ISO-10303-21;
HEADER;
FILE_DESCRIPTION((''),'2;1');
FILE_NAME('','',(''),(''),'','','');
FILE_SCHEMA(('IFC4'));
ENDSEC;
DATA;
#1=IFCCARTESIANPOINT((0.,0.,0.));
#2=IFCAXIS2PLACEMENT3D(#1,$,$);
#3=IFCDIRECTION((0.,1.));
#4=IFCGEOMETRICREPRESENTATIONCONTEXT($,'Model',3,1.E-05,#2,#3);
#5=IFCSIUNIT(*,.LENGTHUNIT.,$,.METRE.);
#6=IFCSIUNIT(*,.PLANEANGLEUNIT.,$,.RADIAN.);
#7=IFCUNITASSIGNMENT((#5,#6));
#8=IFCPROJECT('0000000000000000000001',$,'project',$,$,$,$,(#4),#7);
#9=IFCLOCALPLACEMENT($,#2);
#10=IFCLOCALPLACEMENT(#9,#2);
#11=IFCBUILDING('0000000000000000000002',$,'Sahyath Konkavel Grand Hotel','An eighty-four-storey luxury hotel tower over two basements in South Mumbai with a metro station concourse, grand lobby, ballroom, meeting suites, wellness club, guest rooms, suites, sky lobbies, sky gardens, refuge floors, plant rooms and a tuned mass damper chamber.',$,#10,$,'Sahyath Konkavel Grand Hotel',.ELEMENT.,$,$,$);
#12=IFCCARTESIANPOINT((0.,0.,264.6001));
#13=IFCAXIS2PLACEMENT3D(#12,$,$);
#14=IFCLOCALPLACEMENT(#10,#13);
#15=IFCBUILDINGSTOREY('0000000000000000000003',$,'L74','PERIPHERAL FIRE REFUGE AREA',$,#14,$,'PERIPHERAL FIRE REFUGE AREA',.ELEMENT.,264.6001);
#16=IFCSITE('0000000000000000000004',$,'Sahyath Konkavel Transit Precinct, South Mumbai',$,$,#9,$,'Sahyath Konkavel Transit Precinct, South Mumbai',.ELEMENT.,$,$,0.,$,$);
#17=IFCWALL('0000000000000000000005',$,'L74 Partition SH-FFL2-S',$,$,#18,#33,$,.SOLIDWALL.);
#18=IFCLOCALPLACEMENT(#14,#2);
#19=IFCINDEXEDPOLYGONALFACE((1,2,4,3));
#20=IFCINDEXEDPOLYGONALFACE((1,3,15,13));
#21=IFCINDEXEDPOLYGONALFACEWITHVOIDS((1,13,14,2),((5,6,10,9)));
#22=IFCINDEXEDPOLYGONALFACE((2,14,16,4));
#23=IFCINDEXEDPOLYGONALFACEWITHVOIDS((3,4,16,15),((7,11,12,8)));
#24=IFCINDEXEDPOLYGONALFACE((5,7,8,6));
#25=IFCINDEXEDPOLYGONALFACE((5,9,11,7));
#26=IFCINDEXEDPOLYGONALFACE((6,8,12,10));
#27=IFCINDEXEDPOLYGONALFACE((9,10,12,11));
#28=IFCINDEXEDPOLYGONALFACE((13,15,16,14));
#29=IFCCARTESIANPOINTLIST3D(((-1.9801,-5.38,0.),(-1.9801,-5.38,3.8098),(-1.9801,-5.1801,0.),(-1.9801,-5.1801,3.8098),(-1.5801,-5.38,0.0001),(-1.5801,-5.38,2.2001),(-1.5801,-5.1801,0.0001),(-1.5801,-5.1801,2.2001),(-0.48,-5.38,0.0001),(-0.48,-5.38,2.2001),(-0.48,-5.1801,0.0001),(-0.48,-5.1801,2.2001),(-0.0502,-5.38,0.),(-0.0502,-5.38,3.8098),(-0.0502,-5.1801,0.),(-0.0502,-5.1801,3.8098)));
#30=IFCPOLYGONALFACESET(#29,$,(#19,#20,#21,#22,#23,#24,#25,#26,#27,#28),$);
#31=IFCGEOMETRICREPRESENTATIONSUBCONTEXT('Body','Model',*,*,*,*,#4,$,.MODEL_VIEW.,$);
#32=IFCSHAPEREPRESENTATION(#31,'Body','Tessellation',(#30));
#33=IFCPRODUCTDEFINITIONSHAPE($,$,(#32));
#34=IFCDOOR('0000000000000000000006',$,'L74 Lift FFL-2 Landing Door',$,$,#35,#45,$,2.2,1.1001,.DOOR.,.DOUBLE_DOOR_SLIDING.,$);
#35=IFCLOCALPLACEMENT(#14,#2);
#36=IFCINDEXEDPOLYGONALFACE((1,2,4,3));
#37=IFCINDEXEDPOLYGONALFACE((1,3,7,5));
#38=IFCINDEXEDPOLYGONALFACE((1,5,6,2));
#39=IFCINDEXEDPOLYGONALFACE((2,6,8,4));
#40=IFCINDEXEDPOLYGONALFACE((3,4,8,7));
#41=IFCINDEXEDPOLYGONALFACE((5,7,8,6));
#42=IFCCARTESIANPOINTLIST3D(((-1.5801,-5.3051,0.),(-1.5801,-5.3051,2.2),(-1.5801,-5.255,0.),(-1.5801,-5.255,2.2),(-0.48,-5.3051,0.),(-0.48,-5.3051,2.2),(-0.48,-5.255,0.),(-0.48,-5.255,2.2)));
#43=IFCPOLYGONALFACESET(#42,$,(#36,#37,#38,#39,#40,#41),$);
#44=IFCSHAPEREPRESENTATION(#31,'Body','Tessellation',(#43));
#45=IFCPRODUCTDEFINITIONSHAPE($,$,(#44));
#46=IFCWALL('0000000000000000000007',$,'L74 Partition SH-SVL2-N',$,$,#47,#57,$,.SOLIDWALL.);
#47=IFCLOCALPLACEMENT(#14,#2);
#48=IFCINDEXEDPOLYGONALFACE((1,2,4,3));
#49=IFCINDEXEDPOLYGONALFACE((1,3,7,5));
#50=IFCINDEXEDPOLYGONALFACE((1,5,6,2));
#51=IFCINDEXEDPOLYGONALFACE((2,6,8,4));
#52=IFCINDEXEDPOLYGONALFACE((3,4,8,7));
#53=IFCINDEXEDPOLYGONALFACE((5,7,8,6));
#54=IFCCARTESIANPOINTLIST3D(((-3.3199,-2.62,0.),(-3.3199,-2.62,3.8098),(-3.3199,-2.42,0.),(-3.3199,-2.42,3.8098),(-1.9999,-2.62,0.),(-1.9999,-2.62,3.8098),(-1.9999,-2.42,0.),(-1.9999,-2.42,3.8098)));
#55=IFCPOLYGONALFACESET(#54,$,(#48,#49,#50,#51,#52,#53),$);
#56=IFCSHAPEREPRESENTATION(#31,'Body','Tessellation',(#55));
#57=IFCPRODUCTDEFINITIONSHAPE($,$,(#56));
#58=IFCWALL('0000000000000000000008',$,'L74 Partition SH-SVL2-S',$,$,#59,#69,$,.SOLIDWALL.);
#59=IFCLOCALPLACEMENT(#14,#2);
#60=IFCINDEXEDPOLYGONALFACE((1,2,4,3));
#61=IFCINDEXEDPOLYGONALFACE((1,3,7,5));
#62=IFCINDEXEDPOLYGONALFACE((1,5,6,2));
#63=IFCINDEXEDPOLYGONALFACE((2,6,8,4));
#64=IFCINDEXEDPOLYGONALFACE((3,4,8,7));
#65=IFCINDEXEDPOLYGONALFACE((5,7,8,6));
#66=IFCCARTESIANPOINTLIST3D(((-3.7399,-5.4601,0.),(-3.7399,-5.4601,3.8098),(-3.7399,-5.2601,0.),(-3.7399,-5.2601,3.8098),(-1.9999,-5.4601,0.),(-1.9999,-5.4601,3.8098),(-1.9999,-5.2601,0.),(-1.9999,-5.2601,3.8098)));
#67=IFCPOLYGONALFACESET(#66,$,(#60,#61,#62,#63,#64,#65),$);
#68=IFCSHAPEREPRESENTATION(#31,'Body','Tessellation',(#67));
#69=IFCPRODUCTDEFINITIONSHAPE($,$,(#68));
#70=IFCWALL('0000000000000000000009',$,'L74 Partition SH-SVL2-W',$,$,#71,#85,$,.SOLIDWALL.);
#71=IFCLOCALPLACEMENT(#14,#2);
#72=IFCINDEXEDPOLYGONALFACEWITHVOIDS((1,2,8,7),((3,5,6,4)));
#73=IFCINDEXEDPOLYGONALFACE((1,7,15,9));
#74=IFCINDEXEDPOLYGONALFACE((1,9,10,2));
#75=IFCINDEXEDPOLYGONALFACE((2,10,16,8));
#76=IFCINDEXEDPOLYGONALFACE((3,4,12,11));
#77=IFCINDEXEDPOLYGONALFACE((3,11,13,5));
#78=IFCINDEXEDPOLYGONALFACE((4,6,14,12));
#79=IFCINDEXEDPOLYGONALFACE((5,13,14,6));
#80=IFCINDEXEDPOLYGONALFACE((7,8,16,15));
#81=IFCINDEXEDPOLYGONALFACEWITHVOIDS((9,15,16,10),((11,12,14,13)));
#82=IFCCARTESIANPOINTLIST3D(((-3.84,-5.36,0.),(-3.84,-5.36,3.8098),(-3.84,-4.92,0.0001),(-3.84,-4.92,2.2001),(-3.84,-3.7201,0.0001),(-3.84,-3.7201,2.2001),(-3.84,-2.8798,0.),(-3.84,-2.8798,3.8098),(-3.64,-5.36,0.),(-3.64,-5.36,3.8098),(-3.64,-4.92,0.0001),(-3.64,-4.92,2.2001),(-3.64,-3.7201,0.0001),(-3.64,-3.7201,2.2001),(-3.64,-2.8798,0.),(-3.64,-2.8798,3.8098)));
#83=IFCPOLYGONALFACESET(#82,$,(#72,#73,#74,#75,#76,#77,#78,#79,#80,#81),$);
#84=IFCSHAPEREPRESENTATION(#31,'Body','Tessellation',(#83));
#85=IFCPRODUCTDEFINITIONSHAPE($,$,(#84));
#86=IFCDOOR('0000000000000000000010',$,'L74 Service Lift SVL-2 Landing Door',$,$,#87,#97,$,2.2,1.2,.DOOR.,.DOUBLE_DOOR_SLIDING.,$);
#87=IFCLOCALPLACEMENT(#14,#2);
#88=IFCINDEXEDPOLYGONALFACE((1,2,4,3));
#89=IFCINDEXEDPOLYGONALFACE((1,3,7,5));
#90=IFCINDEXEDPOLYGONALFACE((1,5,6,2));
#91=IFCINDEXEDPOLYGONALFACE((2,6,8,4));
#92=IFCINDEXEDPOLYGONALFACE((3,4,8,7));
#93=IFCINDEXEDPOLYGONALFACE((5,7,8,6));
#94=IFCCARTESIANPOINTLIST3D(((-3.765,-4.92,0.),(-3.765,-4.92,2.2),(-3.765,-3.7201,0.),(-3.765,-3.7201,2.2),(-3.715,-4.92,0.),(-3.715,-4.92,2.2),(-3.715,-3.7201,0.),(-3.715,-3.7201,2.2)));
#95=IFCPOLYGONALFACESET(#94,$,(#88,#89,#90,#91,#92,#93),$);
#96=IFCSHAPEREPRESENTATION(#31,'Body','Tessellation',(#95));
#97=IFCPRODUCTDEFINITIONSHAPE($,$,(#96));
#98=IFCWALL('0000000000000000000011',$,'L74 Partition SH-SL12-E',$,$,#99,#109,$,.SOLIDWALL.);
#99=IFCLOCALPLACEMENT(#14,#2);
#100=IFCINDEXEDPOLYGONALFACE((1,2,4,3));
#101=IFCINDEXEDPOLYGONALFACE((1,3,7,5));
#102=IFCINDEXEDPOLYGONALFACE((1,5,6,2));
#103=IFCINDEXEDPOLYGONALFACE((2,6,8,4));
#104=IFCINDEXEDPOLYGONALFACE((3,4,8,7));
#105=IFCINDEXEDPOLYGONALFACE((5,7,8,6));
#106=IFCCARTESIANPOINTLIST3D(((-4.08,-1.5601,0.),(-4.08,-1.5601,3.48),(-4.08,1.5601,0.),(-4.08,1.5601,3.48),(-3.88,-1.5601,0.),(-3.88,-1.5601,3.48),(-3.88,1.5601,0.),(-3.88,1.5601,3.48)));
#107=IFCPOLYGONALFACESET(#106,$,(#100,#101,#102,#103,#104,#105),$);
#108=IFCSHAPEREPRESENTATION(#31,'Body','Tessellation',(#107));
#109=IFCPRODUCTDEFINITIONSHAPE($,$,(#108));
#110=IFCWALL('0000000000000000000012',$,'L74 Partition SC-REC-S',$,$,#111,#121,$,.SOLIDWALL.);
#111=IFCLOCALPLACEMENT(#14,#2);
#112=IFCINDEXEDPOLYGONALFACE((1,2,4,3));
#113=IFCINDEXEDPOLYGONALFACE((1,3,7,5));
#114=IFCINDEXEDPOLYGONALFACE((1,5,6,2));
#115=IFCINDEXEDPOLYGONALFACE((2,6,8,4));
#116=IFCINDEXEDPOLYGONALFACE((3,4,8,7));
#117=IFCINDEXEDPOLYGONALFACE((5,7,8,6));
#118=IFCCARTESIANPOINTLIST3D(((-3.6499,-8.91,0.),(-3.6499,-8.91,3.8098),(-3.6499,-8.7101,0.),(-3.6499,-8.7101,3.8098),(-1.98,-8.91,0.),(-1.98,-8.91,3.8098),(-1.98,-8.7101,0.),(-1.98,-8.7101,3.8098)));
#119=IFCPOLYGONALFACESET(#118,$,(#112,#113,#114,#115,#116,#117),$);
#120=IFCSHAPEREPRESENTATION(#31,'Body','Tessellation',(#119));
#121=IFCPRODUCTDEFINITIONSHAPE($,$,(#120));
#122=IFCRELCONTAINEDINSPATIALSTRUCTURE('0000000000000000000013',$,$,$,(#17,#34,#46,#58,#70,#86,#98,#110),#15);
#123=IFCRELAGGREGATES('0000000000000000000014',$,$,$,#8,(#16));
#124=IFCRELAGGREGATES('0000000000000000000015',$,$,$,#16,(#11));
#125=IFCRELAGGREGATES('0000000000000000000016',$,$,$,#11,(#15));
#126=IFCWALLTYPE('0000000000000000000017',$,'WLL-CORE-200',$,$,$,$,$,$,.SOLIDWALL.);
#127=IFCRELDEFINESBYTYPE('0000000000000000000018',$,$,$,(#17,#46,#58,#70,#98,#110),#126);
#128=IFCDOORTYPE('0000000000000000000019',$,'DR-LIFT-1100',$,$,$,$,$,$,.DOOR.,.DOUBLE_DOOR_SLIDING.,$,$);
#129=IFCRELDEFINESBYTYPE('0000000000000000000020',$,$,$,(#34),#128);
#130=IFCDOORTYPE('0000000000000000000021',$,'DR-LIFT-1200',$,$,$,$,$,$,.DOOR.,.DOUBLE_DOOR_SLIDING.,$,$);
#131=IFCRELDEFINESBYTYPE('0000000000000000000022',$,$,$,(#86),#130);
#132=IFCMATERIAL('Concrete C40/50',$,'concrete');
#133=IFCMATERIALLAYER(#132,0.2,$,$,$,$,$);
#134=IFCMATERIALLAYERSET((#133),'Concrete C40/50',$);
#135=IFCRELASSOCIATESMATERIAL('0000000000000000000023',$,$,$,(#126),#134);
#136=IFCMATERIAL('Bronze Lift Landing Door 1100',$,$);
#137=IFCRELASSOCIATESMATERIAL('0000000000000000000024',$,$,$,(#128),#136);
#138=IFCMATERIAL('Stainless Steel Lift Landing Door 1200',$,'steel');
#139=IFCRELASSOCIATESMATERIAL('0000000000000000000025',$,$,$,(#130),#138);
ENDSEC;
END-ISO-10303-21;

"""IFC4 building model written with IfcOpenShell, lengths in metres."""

from ifc_helpers import new_model, si_unit, direction, frame, frame_2d, origin, origin_2d, place, context, subcontext, project, spatial, rectangle, extrude, source, transform, mapped, material, layer, layer_set, type_object, element, fill, save


model = new_model("IFC4")

# Units and contexts
model_context = context("Model", 3, precision=1e-05, world=origin(), true_north=direction((0.0, 1.0)))
body_context = subcontext(model_context, "Body", "Model", "MODEL_VIEW")
ifc_project = project(units=[si_unit("LENGTHUNIT", "METRE"), si_unit("PLANEANGLEUNIT", "RADIAN")], contexts=[model_context])

# Site, building, storey
site_placement = place(None, origin())
site = spatial("IfcSite", under=ifc_project, at=site_placement, Name="Sahyath Konkavel Transit Precinct, South Mumbai", LongName="Sahyath Konkavel Transit Precinct, South Mumbai", CompositionType="ELEMENT", RefElevation=0.0)
building_placement = place(site_placement, origin())
building = spatial("IfcBuilding", under=site, at=building_placement, Name="Sahyath Konkavel Grand Hotel", Description="An eighty-four-storey luxury hotel tower over two basements in South Mumbai with a metro station concourse, grand lobby, ballroom, meeting suites, wellness club, guest rooms, suites, sky lobbies, sky gardens, refuge floors, plant rooms and a tuned mass damper chamber.", LongName="Sahyath Konkavel Grand Hotel", CompositionType="ELEMENT")
storey_placement = place(building_placement, frame((0.0, 0.0, 264.6001)))
storey = spatial("IfcBuildingStorey", under=building, at=storey_placement, Name="L74", Description="PERIPHERAL FIRE REFUGE AREA", LongName="PERIPHERAL FIRE REFUGE AREA", CompositionType="ELEMENT", Elevation=264.6001)

# Shared definitions
ifc_material_1 = material(Name="Concrete C40/50", Category="concrete")

# Shared definitions
ifc_layer_1 = layer(ifc_material_1, 0.2)
ifc_layer_set_1 = layer_set([ifc_layer_1], Name="Concrete C40/50")
wall_type = type_object("IfcWallType", Name="WLL-CORE-200", PredefinedType="SOLIDWALL", material=ifc_layer_set_1)

# Wall, opening, door
wall_1_placement = place(storey_placement, frame((-1.98, -5.28, 0.0), z_axis=(0.0, 0.0, 1.0), x_axis=(1.0, 0.0, 0.0)))
wall_1 = element("IfcWall", 1, at=wall_1_placement, inside=storey, type_object=wall_type, Name="L74 Partition SH-FFL2-S", PredefinedType="SOLIDWALL", context=body_context, shape_type="SweptSolid", body=[
    extrude(rectangle(XDim=1.9299, YDim=0.2, at=frame_2d((0.9648, 0.0))), origin(), (0.0, 0.0, 1.0), 3.8098),
])
opening_1_placement = place(wall_1_placement, frame((0.3999, 0.0, 0.0)))
opening_1 = element("IfcOpeningElement", 2, at=opening_1_placement, cuts=wall_1, PredefinedType="OPENING", context=body_context, shape_type="SweptSolid", body=[
    extrude(rectangle(XDim=1.1001, YDim=2.2, at=frame_2d((0.55, 1.1001))), frame((0.0, 0.1099, 0.0), z_axis=(0.0, -1.0, 0.0), x_axis=(1.0, 0.0, 0.0)), (0.0, 0.0, 1.0), 0.22),
])
ifc_material_2 = material(Name="Bronze Lift Landing Door 1100")
door_type_1 = type_object("IfcDoorType", Name="DR-LIFT-1100", OperationType="DOUBLE_DOOR_SLIDING", PredefinedType="DOOR", material=ifc_material_2)
shared_shape_1 = source(origin(), body_context, "Body", "SweptSolid", [
    extrude(rectangle(XDim=1.1001, YDim=0.05, at=origin_2d()), origin(), (0.0, 0.0, 1.0), 2.2),
])
door_1_placement = place(opening_1_placement, frame((0.55, 0.0, 0.0)))
door_1 = element("IfcDoor", 3, at=door_1_placement, inside=storey, type_object=door_type_1, Name="L74 Lift FFL-2 Landing Door", OperationType="DOUBLE_DOOR_SLIDING", OverallHeight=2.2, OverallWidth=1.1001, PredefinedType="DOOR", context=body_context, shape_type="MappedRepresentation", body=[
    mapped(shared_shape_1, transform((0.0, 0.0, 0.0), scale=1.0)),
])
fill(opening_1, door_1)

# Walls
wall_2_placement = place(storey_placement, frame((-3.3201, -2.52, 0.0), z_axis=(0.0, 0.0, 1.0), x_axis=(1.0, 0.0, 0.0)))
element("IfcWall", 4, at=wall_2_placement, inside=storey, type_object=wall_type, Name="L74 Partition SH-SVL2-N", PredefinedType="SOLIDWALL", context=body_context, shape_type="SweptSolid", body=[
    extrude(rectangle(XDim=1.3201, YDim=0.2, at=frame_2d((0.6602, 0.0))), origin(), (0.0, 0.0, 1.0), 3.8098),
])
wall_3_placement = place(storey_placement, frame((-3.74, -5.3601, 0.0), z_axis=(0.0, 0.0, 1.0), x_axis=(1.0, 0.0, 0.0)))
element("IfcWall", 5, at=wall_3_placement, inside=storey, type_object=wall_type, Name="L74 Partition SH-SVL2-S", PredefinedType="SOLIDWALL", context=body_context, shape_type="SweptSolid", body=[
    extrude(rectangle(XDim=1.74, YDim=0.2, at=frame_2d((0.8701, 0.0))), origin(), (0.0, 0.0, 1.0), 3.8098),
])

# Wall, opening, door
wall_4_placement = place(storey_placement, frame((-3.74, -5.3601, 0.0), z_axis=(0.0, 0.0, 1.0), x_axis=(0.0, 1.0, 0.0)))
wall_4 = element("IfcWall", 6, at=wall_4_placement, inside=storey, type_object=wall_type, Name="L74 Partition SH-SVL2-W", PredefinedType="SOLIDWALL", context=body_context, shape_type="SweptSolid", body=[
    extrude(rectangle(XDim=2.4802, YDim=0.2, at=frame_2d((1.2402, 0.0))), origin(), (0.0, 0.0, 1.0), 3.8098),
])
opening_2_placement = place(wall_4_placement, frame((0.4399, 0.0, 0.0)))
opening_2 = element("IfcOpeningElement", 7, at=opening_2_placement, cuts=wall_4, PredefinedType="OPENING", context=body_context, shape_type="SweptSolid", body=[
    extrude(rectangle(XDim=1.2, YDim=2.2, at=frame_2d((0.6001, 1.1001))), frame((0.0, 0.1099, 0.0), z_axis=(0.0, -1.0, 0.0), x_axis=(1.0, 0.0, 0.0)), (0.0, 0.0, 1.0), 0.22),
])
ifc_material_3 = material(Name="Stainless Steel Lift Landing Door 1200", Category="steel")
door_type_2 = type_object("IfcDoorType", Name="DR-LIFT-1200", OperationType="DOUBLE_DOOR_SLIDING", PredefinedType="DOOR", material=ifc_material_3)
shared_shape_2 = source(origin(), body_context, "Body", "SweptSolid", [
    extrude(rectangle(XDim=1.2, YDim=0.05, at=origin_2d()), origin(), (0.0, 0.0, 1.0), 2.2),
])
door_2_placement = place(opening_2_placement, frame((0.6001, 0.0, 0.0)))
door_2 = element("IfcDoor", 8, at=door_2_placement, inside=storey, type_object=door_type_2, Name="L74 Service Lift SVL-2 Landing Door", OperationType="DOUBLE_DOOR_SLIDING", OverallHeight=2.2, OverallWidth=1.2, PredefinedType="DOOR", context=body_context, shape_type="MappedRepresentation", body=[
    mapped(shared_shape_2, transform((0.0, 0.0, 0.0), scale=1.0)),
])
fill(opening_2, door_2)

# Wall
wall_5_placement = place(storey_placement, frame((-3.98, -1.5601, 0.0), z_axis=(0.0, 0.0, 1.0), x_axis=(0.0, 1.0, 0.0)))
element("IfcWall", 9, at=wall_5_placement, inside=storey, type_object=wall_type, Name="L74 Partition SH-SL12-E", PredefinedType="SOLIDWALL", context=body_context, shape_type="SweptSolid", body=[
    extrude(rectangle(XDim=3.1201, YDim=0.2, at=frame_2d((1.5601, 0.0))), origin(), (0.0, 0.0, 1.0), 3.48),
])

# Wall
wall_6_placement = place(storey_placement, frame((-3.6499, -8.8101, 0.0), z_axis=(0.0, 0.0, 1.0), x_axis=(1.0, 0.0, 0.0)))
element("IfcWall", 10, at=wall_6_placement, inside=storey, type_object=wall_type, Name="L74 Partition SC-REC-S", PredefinedType="SOLIDWALL", context=body_context, shape_type="SweptSolid", body=[
    extrude(rectangle(XDim=1.6699, YDim=0.2, at=frame_2d((0.835, 0.0))), origin(), (0.0, 0.0, 1.0), 3.8098),
])

save(model, "model.ifc")
